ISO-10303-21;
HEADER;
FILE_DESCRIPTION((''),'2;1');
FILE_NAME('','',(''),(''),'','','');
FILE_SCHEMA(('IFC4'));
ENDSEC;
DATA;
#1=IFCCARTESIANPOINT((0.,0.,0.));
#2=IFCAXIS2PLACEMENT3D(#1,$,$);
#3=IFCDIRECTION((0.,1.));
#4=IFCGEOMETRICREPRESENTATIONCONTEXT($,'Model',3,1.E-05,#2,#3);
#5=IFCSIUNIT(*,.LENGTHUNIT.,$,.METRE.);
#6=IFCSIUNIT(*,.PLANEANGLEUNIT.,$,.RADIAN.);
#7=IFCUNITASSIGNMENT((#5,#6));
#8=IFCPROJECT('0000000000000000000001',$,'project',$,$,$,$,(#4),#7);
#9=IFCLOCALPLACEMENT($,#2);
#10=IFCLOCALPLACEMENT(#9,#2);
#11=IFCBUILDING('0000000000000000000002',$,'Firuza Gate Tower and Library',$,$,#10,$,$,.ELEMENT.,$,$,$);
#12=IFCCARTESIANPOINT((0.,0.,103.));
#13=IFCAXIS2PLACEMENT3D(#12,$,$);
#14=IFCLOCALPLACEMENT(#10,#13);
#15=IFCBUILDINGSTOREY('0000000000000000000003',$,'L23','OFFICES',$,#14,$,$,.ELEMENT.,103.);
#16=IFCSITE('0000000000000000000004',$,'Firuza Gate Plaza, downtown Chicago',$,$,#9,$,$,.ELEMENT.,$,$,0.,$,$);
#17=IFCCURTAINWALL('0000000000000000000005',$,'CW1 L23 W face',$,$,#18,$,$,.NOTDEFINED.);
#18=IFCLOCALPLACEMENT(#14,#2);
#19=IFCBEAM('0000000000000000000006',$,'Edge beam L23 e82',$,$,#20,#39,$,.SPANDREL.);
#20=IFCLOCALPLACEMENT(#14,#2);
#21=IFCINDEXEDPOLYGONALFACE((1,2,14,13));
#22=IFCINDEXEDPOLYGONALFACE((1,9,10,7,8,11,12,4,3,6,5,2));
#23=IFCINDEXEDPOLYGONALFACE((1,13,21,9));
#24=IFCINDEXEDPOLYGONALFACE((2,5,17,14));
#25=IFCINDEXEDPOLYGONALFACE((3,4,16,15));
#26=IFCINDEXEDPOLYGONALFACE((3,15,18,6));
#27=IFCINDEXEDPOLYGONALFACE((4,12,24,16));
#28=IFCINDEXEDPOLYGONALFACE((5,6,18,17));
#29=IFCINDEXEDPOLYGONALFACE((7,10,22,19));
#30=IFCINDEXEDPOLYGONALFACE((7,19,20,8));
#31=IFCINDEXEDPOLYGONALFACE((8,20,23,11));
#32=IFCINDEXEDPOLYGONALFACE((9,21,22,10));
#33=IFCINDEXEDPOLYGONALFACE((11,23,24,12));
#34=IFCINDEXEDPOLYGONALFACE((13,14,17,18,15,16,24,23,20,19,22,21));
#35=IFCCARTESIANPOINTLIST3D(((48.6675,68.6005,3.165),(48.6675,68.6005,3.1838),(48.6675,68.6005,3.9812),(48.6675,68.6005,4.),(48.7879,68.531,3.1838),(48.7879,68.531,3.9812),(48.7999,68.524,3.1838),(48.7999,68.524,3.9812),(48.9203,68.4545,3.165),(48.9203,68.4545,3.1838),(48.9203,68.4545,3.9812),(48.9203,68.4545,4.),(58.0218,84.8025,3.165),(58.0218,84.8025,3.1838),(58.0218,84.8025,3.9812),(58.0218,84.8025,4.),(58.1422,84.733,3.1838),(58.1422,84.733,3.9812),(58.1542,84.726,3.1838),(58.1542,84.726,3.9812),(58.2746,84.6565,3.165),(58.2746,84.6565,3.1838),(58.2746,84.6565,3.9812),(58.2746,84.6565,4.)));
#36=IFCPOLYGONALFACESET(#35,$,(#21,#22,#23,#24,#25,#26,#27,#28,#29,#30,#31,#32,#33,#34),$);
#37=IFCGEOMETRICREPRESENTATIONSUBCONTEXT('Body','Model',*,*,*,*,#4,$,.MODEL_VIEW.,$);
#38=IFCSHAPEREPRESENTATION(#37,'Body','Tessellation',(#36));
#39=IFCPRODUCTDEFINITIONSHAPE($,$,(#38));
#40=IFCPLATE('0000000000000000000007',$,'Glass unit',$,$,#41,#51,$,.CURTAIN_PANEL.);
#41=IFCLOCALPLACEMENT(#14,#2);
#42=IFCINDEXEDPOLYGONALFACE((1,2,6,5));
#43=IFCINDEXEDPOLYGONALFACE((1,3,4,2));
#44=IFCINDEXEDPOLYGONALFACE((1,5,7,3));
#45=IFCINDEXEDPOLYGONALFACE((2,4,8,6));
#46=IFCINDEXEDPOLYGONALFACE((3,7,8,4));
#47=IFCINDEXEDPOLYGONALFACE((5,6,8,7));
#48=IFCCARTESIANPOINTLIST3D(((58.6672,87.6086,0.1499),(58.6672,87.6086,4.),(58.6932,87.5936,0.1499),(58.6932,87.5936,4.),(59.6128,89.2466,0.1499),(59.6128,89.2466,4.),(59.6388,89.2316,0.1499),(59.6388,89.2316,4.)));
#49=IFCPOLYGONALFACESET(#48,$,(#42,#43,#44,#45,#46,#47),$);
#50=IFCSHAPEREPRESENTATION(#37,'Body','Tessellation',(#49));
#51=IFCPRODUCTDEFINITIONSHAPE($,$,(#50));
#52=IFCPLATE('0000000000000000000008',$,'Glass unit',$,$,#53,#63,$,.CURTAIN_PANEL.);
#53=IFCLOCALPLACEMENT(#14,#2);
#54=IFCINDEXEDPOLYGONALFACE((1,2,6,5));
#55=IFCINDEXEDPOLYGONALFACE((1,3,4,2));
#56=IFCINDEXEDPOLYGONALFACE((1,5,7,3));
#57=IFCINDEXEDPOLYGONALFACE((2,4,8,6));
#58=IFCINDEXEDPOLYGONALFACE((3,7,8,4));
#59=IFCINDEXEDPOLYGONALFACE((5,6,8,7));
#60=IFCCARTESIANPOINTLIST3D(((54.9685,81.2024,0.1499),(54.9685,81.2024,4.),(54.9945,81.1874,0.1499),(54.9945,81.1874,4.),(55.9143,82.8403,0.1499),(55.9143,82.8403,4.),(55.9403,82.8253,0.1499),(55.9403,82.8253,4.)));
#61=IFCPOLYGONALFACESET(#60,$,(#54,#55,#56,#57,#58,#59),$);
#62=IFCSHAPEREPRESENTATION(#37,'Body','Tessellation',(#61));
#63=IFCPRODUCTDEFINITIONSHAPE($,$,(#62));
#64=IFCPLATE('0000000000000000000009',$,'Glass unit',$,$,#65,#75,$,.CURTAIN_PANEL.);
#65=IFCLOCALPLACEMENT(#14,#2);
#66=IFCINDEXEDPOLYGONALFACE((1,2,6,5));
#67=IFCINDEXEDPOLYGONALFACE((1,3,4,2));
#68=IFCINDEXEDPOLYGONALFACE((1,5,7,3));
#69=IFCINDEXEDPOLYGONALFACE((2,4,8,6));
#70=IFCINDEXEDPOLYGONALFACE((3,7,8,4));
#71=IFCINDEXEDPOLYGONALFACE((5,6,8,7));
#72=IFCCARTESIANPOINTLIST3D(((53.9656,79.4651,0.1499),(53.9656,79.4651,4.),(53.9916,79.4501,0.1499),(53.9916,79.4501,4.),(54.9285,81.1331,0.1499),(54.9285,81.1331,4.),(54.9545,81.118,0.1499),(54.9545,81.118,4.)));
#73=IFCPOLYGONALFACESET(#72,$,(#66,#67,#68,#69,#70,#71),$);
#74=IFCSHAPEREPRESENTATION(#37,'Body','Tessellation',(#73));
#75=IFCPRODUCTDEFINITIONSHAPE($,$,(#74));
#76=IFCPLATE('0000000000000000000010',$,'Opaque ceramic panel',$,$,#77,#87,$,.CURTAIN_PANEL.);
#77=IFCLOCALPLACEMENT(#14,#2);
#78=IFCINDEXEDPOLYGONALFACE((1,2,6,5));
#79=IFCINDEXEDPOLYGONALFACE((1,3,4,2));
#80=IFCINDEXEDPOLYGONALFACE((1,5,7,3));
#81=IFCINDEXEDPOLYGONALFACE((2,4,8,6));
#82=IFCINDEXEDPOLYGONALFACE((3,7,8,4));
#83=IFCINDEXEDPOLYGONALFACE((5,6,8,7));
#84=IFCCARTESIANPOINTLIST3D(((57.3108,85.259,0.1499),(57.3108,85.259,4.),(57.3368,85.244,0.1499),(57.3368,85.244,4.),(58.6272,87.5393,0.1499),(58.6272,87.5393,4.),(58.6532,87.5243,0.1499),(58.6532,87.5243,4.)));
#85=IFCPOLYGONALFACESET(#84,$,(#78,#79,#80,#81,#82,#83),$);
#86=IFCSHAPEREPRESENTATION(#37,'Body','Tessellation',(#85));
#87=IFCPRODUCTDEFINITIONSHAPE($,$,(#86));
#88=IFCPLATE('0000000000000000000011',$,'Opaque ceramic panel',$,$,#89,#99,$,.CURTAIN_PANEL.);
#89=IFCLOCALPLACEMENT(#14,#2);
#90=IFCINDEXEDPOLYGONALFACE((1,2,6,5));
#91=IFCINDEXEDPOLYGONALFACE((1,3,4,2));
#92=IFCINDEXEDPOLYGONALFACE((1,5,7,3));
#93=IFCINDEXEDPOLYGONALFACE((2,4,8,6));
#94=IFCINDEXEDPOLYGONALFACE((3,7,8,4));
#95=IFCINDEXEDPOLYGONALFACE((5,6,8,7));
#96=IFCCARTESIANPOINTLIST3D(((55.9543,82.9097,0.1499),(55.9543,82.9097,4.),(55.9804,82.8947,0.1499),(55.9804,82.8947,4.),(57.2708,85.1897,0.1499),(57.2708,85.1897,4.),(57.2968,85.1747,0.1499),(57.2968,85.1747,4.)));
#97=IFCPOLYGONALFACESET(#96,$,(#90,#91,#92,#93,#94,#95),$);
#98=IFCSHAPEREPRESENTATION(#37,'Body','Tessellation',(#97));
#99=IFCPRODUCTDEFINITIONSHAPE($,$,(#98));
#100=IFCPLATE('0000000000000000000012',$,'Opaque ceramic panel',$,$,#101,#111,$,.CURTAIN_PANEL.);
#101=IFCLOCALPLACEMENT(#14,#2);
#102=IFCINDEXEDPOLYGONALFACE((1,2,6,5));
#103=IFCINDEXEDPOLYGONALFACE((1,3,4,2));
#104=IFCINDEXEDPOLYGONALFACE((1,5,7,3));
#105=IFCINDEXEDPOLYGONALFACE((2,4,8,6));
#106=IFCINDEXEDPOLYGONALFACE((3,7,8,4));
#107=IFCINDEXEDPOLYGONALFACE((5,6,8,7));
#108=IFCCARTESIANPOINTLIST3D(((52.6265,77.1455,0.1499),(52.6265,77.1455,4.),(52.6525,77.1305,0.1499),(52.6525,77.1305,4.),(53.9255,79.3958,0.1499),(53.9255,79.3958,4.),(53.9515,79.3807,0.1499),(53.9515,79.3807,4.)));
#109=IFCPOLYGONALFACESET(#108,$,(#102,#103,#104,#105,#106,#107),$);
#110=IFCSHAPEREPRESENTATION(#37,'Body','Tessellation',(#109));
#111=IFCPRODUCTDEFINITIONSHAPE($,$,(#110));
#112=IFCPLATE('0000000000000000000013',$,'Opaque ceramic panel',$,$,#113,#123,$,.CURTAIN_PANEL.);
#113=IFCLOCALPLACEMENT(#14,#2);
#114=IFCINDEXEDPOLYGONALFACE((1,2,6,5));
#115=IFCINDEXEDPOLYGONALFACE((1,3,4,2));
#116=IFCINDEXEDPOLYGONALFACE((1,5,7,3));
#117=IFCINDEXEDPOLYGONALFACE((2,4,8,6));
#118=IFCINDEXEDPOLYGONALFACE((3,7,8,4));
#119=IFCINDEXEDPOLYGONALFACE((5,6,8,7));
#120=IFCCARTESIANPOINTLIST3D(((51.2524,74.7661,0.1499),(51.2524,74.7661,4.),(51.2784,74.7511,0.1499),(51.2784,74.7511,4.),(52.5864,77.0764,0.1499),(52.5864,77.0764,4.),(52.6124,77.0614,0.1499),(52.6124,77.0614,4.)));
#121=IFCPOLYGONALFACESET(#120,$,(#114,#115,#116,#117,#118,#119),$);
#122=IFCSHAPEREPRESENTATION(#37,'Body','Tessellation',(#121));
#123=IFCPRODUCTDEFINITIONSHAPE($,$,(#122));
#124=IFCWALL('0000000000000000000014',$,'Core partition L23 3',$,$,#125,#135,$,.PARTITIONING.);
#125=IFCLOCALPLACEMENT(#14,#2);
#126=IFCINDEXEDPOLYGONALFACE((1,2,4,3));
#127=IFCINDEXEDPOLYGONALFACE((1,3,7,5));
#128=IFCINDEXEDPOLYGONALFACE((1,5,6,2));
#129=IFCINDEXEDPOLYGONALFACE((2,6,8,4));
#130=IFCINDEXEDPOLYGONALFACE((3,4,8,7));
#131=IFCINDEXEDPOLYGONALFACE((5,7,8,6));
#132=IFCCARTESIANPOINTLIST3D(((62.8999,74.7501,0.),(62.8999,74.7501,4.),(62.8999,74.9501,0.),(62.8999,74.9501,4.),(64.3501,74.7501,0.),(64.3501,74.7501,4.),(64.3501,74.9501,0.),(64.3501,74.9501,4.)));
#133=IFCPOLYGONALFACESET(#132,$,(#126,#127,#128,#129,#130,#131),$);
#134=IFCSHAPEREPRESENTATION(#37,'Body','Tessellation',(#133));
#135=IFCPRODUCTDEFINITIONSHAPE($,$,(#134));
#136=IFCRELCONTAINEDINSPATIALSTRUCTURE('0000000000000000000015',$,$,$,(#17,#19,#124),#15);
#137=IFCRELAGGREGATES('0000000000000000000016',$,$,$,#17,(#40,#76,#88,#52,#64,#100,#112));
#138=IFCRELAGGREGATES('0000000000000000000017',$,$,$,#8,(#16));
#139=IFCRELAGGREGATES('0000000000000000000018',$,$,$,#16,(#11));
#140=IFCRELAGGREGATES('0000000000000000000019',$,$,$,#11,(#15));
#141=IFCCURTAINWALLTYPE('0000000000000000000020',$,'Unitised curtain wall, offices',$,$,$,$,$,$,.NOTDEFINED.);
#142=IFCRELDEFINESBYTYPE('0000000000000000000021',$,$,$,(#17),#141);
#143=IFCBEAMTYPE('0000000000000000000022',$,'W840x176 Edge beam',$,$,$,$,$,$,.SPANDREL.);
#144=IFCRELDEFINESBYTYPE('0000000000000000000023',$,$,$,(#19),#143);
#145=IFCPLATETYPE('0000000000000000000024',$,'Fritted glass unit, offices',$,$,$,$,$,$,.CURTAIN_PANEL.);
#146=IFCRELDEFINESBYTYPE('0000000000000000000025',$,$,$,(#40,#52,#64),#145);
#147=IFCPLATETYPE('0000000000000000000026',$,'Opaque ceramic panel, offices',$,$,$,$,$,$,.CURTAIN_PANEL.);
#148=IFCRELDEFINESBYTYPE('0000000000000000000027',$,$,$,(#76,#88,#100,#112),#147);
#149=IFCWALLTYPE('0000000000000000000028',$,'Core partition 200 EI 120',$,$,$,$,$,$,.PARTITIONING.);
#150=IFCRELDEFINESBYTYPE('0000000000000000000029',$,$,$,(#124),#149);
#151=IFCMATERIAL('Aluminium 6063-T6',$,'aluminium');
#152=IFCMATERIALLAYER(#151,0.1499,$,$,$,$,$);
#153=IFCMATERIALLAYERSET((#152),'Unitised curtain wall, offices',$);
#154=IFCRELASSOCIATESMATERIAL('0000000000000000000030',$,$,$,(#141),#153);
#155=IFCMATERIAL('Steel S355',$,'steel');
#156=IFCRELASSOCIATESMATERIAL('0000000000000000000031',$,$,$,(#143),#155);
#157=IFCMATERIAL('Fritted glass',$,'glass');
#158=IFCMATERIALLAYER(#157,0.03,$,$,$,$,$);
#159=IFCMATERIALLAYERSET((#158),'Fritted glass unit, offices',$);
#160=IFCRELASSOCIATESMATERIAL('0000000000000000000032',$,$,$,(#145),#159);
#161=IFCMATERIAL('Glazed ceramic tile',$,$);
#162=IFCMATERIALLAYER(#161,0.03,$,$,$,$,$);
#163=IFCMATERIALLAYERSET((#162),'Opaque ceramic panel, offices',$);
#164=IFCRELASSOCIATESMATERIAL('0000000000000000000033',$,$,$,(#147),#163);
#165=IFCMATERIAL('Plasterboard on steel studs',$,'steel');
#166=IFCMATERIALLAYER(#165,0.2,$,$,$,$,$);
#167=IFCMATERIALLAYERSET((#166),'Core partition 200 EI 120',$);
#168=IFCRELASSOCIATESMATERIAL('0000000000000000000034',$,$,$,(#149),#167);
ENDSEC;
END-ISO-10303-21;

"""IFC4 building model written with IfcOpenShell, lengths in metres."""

from ifc_helpers import new_model, si_unit, direction, frame, frame_2d, origin, origin_2d, place, context, subcontext, project, spatial, polyline, rectangle, i_section, outline, extrude, material, layer, layer_set, material_profile, profile_set, type_object, element, aggregate, save


model = new_model("IFC4")

# Units and contexts
model_context = context("Model", 3, precision=1e-05, world=origin(), true_north=direction((0.0, 1.0)))
body_context = subcontext(model_context, "Body", "Model", "MODEL_VIEW")
ifc_project = project(units=[si_unit("LENGTHUNIT", "METRE"), si_unit("PLANEANGLEUNIT", "RADIAN")], contexts=[model_context])

# Site, building, storey
site_placement = place(None, origin())
site = spatial("IfcSite", under=ifc_project, at=site_placement, Name="Firuza Gate Plaza, downtown Chicago", CompositionType="ELEMENT", RefElevation=0.0)
building_placement = place(site_placement, origin())
building = spatial("IfcBuilding", under=site, at=building_placement, Name="Firuza Gate Tower and Library", CompositionType="ELEMENT")
storey_placement = place(building_placement, frame((0.0, 0.0, 103.0)))
storey = spatial("IfcBuildingStorey", under=building, at=storey_placement, Name="L23", Description="OFFICES", CompositionType="ELEMENT", Elevation=103.0)

# Curtain wall
ifc_material_1 = material(Name="Aluminium 6063-T6", Category="aluminium")
ifc_layer_1 = layer(ifc_material_1, 0.1499)
ifc_layer_set_1 = layer_set([ifc_layer_1], Name="Unitised curtain wall, offices")
curtain_wall_type = type_object("IfcCurtainWallType", Name="Unitised curtain wall, offices", PredefinedType="NOTDEFINED", material=ifc_layer_set_1)
curtain_wall_placement = place(storey_placement, origin())
curtain_wall = element("IfcCurtainWall", 1, at=curtain_wall_placement, inside=storey, type_object=curtain_wall_type, Name="CW1 L23 W face", PredefinedType="NOTDEFINED")

# Beam
ifc_material_2 = material(Name="Steel S355", Category="steel")
ifc_material_profile_1 = material_profile(ifc_material_2, i_section(OverallWidth=0.292, OverallDepth=0.835, WebThickness=0.0139, FlangeThickness=0.0188, at=origin_2d()))
ifc_profile_set_1 = profile_set([ifc_material_profile_1], Name="Steel S355")
beam_type_1 = type_object("IfcBeamType", Name="W840x176 Edge beam", PredefinedType="SPANDREL", material=ifc_profile_set_1)
beam_1_placement = place(storey_placement, frame((58.1482, 84.7295, 3.5825), z_axis=(-0.500003, -0.866024, 0.0), x_axis=(0.866024, -0.500003, 0.0)))
element("IfcBeam", 2, at=beam_1_placement, inside=storey, type_object=beam_type_1, Name="Edge beam L23 e82", PredefinedType="SPANDREL", context=body_context, shape_type="SweptSolid", body=[
    extrude(i_section(OverallWidth=0.292, OverallDepth=0.835, WebThickness=0.0139, FlangeThickness=0.0188, at=origin_2d()), origin(), (0.0, 0.0, 1.0), 18.7085),
])

# Plates
ifc_material_3 = material(Name="Fritted glass", Category="glass")
ifc_layer_2 = layer(ifc_material_3, 0.03)
ifc_layer_set_2 = layer_set([ifc_layer_2], Name="Fritted glass unit, offices")
plate_type_1 = type_object("IfcPlateType", Name="Fritted glass unit, offices", PredefinedType="CURTAIN_PANEL", material=ifc_layer_set_2)
plate_1_placement = place(storey_placement, frame((59.6128, 89.2466, 0.1499), z_axis=(-0.86605, 0.499957, 0.0), x_axis=(-0.499957, -0.86605, 0.0)))
plate_1 = element("IfcPlate", 3, at=plate_1_placement, type_object=plate_type_1, Name="Glass unit", PredefinedType="CURTAIN_PANEL", context=body_context, shape_type="SweptSolid", body=[
    extrude(outline(polyline([(0.0, 0.0), (1.8913, 0.0), (1.8913, 3.8501), (0.0, 3.8501), (0.0, 0.0)])), origin(), (0.0, 0.0, -1.0), 0.03),
])
plate_2_placement = place(storey_placement, frame((55.9143, 82.8403, 0.1499), z_axis=(-0.865994, 0.500054, 0.0), x_axis=(-0.500054, -0.865994, 0.0)))
plate_2 = element("IfcPlate", 4, at=plate_2_placement, type_object=plate_type_1, Name="Glass unit", PredefinedType="CURTAIN_PANEL", context=body_context, shape_type="SweptSolid", body=[
    extrude(outline(polyline([(0.0, 0.0), (1.8914, 0.0), (1.8914, 3.8501), (0.0, 3.8501), (0.0, 0.0)])), origin(), (0.0, 0.0, -1.0), 0.03),
])
plate_3_placement = place(storey_placement, frame((54.9285, 81.1331, 0.1499), z_axis=(-0.86605, 0.499957, 0.0), x_axis=(-0.499957, -0.86605, 0.0)))
plate_3 = element("IfcPlate", 5, at=plate_3_placement, type_object=plate_type_1, Name="Glass unit", PredefinedType="CURTAIN_PANEL", context=body_context, shape_type="SweptSolid", body=[
    extrude(outline(polyline([(0.0, 0.0), (1.9259, 0.0), (1.9259, 3.8501), (0.0, 3.8501), (0.0, 0.0)])), origin(), (0.0, 0.0, -1.0), 0.03),
])
ifc_material_4 = material(Name="Glazed ceramic tile")
ifc_layer_3 = layer(ifc_material_4, 0.03)
ifc_layer_set_3 = layer_set([ifc_layer_3], Name="Opaque ceramic panel, offices")
plate_type_2 = type_object("IfcPlateType", Name="Opaque ceramic panel, offices", PredefinedType="CURTAIN_PANEL", material=ifc_layer_set_3)
plate_4_placement = place(storey_placement, frame((58.6272, 87.5393, 0.1499), z_axis=(-0.866044, 0.499969, 0.0), x_axis=(-0.499969, -0.866044, 0.0)))
plate_4 = element("IfcPlate", 6, at=plate_4_placement, type_object=plate_type_2, Name="Opaque ceramic panel", PredefinedType="CURTAIN_PANEL", context=body_context, shape_type="SweptSolid", body=[
    extrude(outline(polyline([(0.0, 0.0), (2.633, 0.0), (2.633, 3.8501), (0.0, 3.8501), (0.0, 0.0)])), origin(), (0.0, 0.0, -1.0), 0.03),
])
plate_5_placement = place(storey_placement, frame((57.2708, 85.1897, 0.1499), z_axis=(-0.86602, 0.500009, 0.0), x_axis=(-0.500009, -0.86602, 0.0)))
plate_5 = element("IfcPlate", 7, at=plate_5_placement, type_object=plate_type_2, Name="Opaque ceramic panel", PredefinedType="CURTAIN_PANEL", context=body_context, shape_type="SweptSolid", body=[
    extrude(outline(polyline([(0.0, 0.0), (2.6328, 0.0), (2.6328, 3.8501), (0.0, 3.8501), (0.0, 0.0)])), origin(), (0.0, 0.0, -1.0), 0.03),
])
plate_6_placement = place(storey_placement, frame((53.9255, 79.3958, 0.1499), z_axis=(-0.866043, 0.499969, 0.0), x_axis=(-0.499969, -0.866043, 0.0)))
plate_6 = element("IfcPlate", 8, at=plate_6_placement, type_object=plate_type_2, Name="Opaque ceramic panel", PredefinedType="CURTAIN_PANEL", context=body_context, shape_type="SweptSolid", body=[
    extrude(outline(polyline([(0.0, 0.0), (2.5983, 0.0), (2.5983, 3.8501), (0.0, 3.8501), (0.0, 0.0)])), origin(), (0.0, 0.0, -1.0), 0.03),
])
plate_7_placement = place(storey_placement, frame((52.5864, 77.0764, 0.1499), z_axis=(-0.866004, 0.500037, 0.0), x_axis=(-0.500037, -0.866004, 0.0)))
plate_7 = element("IfcPlate", 9, at=plate_7_placement, type_object=plate_type_2, Name="Opaque ceramic panel", PredefinedType="CURTAIN_PANEL", context=body_context, shape_type="SweptSolid", body=[
    extrude(outline(polyline([(0.0, 0.0), (2.6678, 0.0), (2.6678, 3.8501), (0.0, 3.8501), (0.0, 0.0)])), origin(), (0.0, 0.0, -1.0), 0.03),
])
aggregate(curtain_wall, [plate_1, plate_4, plate_5, plate_2, plate_3, plate_6, plate_7])

# Wall
ifc_material_5 = material(Name="Plasterboard on steel studs", Category="steel")
ifc_layer_4 = layer(ifc_material_5, 0.2)
ifc_layer_set_4 = layer_set([ifc_layer_4], Name="Core partition 200 EI 120")
wall_type_1 = type_object("IfcWallType", Name="Core partition 200 EI 120", PredefinedType="PARTITIONING", material=ifc_layer_set_4)
wall_1_placement = place(storey_placement, frame((62.8999, 74.8501, 0.0), z_axis=(0.0, 0.0, 1.0), x_axis=(1.0, 0.0, 0.0)))
element("IfcWall", 10, at=wall_1_placement, inside=storey, type_object=wall_type_1, Name="Core partition L23 3", PredefinedType="PARTITIONING", context=body_context, shape_type="SweptSolid", body=[
    extrude(rectangle(XDim=1.4502, YDim=0.2, at=frame_2d((0.7251, 0.0))), origin(), (0.0, 0.0, 1.0), 4.0),
])

save(model, "model.ifc")
